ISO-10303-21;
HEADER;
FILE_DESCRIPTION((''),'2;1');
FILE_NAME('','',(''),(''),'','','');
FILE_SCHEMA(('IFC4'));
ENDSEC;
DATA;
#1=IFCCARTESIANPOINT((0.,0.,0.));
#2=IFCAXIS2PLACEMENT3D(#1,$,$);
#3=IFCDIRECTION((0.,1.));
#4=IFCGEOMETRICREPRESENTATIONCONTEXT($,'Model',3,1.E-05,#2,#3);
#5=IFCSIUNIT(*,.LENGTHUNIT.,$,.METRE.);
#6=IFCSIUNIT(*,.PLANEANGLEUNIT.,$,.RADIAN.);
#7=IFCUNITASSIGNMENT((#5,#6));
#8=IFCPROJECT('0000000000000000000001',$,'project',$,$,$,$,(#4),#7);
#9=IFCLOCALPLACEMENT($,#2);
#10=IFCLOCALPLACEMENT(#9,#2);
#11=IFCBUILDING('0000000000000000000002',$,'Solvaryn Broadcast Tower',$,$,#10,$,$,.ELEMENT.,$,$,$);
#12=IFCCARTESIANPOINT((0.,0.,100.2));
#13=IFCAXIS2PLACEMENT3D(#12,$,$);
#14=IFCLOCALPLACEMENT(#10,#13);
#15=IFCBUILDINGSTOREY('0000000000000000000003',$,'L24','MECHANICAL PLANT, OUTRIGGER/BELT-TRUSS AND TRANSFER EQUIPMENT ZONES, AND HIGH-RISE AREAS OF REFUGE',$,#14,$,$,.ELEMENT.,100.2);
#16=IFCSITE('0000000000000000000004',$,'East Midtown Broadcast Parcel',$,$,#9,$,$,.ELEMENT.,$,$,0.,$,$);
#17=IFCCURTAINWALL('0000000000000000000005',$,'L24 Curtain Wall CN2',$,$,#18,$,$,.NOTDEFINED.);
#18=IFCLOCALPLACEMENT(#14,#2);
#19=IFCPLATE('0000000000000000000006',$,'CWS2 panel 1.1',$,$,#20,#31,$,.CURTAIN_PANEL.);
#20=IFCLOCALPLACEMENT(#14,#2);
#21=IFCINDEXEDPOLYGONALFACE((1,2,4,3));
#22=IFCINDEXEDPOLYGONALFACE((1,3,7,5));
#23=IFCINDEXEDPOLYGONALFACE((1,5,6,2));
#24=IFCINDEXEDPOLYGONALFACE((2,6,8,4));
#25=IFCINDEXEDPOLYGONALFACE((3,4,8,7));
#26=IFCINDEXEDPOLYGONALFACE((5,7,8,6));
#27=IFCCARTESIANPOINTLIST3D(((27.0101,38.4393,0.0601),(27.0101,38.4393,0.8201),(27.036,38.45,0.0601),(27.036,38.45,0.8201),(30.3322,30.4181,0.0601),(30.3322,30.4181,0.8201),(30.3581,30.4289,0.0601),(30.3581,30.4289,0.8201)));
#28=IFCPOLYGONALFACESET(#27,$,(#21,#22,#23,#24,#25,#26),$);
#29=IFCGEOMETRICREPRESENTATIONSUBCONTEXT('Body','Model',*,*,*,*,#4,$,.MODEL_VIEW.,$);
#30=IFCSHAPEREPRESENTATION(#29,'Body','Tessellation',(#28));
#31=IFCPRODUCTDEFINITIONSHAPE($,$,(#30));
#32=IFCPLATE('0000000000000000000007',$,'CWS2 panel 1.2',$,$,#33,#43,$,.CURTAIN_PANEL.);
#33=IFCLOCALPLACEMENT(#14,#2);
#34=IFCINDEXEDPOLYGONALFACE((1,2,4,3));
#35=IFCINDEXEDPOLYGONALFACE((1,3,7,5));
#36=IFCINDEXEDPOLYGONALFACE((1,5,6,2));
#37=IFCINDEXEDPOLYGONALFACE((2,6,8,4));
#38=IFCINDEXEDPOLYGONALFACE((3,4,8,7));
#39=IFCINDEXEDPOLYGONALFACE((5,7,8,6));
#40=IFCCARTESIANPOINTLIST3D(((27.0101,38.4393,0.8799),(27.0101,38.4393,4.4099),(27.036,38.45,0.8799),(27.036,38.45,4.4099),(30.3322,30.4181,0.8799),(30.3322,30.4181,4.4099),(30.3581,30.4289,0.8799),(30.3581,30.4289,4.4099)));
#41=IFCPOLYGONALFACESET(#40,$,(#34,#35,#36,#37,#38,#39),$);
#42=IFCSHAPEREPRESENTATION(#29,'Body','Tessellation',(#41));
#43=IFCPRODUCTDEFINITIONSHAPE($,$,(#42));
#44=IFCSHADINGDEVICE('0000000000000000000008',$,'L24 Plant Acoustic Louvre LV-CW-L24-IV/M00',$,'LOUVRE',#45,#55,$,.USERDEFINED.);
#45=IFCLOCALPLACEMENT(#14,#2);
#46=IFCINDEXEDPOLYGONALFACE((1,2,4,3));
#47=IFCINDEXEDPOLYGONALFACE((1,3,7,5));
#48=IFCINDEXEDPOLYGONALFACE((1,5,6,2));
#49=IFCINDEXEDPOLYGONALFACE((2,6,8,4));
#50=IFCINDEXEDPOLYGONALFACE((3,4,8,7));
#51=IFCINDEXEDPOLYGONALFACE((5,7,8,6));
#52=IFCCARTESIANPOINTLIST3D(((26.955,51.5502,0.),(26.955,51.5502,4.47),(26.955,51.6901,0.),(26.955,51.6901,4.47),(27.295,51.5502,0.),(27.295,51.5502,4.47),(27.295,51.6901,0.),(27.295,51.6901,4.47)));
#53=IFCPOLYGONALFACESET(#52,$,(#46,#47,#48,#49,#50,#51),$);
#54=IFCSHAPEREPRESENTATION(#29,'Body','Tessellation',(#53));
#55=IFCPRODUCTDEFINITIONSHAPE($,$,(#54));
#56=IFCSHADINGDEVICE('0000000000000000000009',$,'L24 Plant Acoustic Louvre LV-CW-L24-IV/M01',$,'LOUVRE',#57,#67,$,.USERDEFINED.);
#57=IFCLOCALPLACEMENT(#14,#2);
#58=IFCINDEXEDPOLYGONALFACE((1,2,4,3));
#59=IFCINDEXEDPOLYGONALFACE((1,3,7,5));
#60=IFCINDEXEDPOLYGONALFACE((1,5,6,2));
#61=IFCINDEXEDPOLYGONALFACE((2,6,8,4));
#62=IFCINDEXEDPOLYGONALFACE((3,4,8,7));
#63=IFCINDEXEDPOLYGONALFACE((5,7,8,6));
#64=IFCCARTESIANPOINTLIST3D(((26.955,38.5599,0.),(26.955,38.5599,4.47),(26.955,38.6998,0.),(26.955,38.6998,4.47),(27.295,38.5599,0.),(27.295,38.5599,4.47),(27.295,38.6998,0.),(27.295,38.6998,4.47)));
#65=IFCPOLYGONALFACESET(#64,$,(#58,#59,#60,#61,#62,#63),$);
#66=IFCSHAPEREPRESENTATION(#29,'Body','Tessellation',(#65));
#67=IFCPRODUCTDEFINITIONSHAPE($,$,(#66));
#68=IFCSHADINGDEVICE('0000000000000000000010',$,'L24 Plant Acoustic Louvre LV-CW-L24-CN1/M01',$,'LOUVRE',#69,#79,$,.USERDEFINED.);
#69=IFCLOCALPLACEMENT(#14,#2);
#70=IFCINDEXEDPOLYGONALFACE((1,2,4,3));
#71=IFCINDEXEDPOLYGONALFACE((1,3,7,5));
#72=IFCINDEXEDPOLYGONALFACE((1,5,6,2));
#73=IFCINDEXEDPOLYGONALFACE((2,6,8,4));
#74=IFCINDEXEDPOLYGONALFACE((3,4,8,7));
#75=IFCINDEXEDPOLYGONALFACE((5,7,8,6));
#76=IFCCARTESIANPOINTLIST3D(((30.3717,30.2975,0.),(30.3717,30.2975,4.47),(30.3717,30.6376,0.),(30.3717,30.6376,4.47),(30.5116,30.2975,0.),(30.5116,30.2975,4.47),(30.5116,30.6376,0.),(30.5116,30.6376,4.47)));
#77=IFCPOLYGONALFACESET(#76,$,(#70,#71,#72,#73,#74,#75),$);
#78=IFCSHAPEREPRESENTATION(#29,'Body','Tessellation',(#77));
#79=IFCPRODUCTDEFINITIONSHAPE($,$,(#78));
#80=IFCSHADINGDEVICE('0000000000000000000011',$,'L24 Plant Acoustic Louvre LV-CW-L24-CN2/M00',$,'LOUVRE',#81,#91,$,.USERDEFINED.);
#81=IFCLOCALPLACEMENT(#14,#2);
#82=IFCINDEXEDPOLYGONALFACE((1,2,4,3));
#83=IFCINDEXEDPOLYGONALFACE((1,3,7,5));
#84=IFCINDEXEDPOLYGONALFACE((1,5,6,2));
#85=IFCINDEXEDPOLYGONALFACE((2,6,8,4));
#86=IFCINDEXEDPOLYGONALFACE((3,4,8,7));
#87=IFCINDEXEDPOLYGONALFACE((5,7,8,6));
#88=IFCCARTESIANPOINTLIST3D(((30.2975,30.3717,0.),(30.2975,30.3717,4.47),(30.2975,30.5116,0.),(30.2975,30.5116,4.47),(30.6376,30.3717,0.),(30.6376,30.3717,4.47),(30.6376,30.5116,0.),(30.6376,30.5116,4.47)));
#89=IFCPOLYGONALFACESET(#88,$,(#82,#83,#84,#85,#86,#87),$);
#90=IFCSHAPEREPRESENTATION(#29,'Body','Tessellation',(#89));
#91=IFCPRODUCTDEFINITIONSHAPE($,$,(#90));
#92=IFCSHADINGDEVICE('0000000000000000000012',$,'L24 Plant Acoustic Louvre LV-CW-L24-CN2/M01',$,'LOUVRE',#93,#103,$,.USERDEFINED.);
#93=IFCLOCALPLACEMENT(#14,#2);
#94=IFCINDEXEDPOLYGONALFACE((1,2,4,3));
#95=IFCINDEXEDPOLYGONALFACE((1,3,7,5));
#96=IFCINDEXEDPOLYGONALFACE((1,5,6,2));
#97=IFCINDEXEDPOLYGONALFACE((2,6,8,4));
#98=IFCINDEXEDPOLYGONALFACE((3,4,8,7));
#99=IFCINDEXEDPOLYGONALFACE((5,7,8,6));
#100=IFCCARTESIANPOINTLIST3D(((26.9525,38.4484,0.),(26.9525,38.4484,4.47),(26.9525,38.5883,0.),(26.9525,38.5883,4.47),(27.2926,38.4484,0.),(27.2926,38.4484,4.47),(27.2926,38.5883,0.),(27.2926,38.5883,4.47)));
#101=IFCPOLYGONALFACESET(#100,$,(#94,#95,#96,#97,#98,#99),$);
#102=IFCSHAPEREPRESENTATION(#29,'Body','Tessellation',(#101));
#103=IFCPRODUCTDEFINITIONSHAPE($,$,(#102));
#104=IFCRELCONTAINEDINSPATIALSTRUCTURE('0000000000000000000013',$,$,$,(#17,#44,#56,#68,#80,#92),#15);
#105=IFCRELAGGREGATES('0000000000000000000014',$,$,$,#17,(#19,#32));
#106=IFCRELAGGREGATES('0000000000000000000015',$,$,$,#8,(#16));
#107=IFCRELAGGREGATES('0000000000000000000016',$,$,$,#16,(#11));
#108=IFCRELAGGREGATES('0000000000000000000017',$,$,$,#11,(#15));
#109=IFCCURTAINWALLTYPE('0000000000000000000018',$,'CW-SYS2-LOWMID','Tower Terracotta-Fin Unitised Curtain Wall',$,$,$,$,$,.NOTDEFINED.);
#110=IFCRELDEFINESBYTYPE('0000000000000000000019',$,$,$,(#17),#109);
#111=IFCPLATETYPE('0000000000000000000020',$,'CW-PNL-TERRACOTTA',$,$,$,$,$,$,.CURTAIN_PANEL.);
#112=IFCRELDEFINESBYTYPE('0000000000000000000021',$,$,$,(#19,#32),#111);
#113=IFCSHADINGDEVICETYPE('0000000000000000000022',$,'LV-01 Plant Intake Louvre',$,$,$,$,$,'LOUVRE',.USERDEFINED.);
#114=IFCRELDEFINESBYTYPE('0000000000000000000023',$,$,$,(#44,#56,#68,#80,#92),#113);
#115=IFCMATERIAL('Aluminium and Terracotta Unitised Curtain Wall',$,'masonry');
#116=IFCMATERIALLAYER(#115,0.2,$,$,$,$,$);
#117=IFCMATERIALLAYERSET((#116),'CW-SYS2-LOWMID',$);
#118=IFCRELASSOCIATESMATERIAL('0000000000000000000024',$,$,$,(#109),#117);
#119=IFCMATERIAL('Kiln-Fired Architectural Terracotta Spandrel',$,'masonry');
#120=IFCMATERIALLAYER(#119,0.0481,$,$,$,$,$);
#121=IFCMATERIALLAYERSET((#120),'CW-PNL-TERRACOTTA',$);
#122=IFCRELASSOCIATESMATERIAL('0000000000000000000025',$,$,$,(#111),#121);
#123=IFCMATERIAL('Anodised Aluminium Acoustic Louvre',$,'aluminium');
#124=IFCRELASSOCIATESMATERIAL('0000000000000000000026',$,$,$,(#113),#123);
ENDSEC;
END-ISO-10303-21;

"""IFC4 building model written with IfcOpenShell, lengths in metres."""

from ifc_helpers import new_model, si_unit, direction, frame, origin, origin_2d, place, context, subcontext, project, spatial, rectangle, extrude, material, layer, layer_set, type_object, element, aggregate, save


model = new_model("IFC4")

# Units and contexts
model_context = context("Model", 3, precision=1e-05, world=origin(), true_north=direction((0.0, 1.0)))
body_context = subcontext(model_context, "Body", "Model", "MODEL_VIEW")
ifc_project = project(units=[si_unit("LENGTHUNIT", "METRE"), si_unit("PLANEANGLEUNIT", "RADIAN")], contexts=[model_context])

# Site, building, storey
site_placement = place(None, origin())
site = spatial("IfcSite", under=ifc_project, at=site_placement, Name="East Midtown Broadcast Parcel", CompositionType="ELEMENT", RefElevation=0.0)
building_placement = place(site_placement, origin())
building = spatial("IfcBuilding", under=site, at=building_placement, Name="Solvaryn Broadcast Tower", CompositionType="ELEMENT")
storey_placement = place(building_placement, frame((0.0, 0.0, 100.2)))
storey = spatial("IfcBuildingStorey", under=building, at=storey_placement, Name="L24", Description="MECHANICAL PLANT, OUTRIGGER/BELT-TRUSS AND TRANSFER EQUIPMENT ZONES, AND HIGH-RISE AREAS OF REFUGE", CompositionType="ELEMENT", Elevation=100.2)

# Shared definitions
ifc_material_1 = material(Name="Aluminium and Terracotta Unitised Curtain Wall", Category="masonry")
ifc_layer_1 = layer(ifc_material_1, 0.2)
ifc_layer_set_1 = layer_set([ifc_layer_1], Name="CW-SYS2-LOWMID")
curtain_wall_type = type_object("IfcCurtainWallType", Name="CW-SYS2-LOWMID", Description="Tower Terracotta-Fin Unitised Curtain Wall", PredefinedType="NOTDEFINED", material=ifc_layer_set_1)

# Curtain wall
curtain_wall_1_placement = place(storey_placement, origin())
curtain_wall_1 = element("IfcCurtainWall", 1, at=curtain_wall_1_placement, inside=storey, type_object=curtain_wall_type, Name="L24 Curtain Wall CN2", PredefinedType="NOTDEFINED")

# Plates
ifc_material_2 = material(Name="Kiln-Fired Architectural Terracotta Spandrel", Category="masonry")
ifc_layer_2 = layer(ifc_material_2, 0.0481)
ifc_layer_set_2 = layer_set([ifc_layer_2], Name="CW-PNL-TERRACOTTA")
plate_type = type_object("IfcPlateType", Name="CW-PNL-TERRACOTTA", PredefinedType="CURTAIN_PANEL", material=ifc_layer_set_2)
plate_1_placement = place(storey_placement, frame((28.6841, 34.4341, 0.0601), z_axis=(0.0, 0.0, 1.0), x_axis=(-0.382646, 0.923895, 0.0)))
plate_1 = element("IfcPlate", 2, at=plate_1_placement, type_object=plate_type, Name="CWS2 panel 1.1", PredefinedType="CURTAIN_PANEL", context=body_context, shape_type="SweptSolid", body=[
    extrude(rectangle(XDim=8.6819, YDim=0.0281, at=origin_2d()), origin(), (0.0, 0.0, 1.0), 0.76),
])
plate_2_placement = place(storey_placement, frame((28.6841, 34.4341, 0.8799), z_axis=(0.0, 0.0, 1.0), x_axis=(-0.382646, 0.923895, 0.0)))
plate_2 = element("IfcPlate", 3, at=plate_2_placement, type_object=plate_type, Name="CWS2 panel 1.2", PredefinedType="CURTAIN_PANEL", context=body_context, shape_type="SweptSolid", body=[
    extrude(rectangle(XDim=8.6819, YDim=0.0281, at=origin_2d()), origin(), (0.0, 0.0, 1.0), 3.53),
])
aggregate(curtain_wall_1, [plate_1, plate_2])

# Shading devices
ifc_material_3 = material(Name="Anodised Aluminium Acoustic Louvre", Category="aluminium")
shading_device_type = type_object("IfcShadingDeviceType", Name="LV-01 Plant Intake Louvre", ElementType="LOUVRE", PredefinedType="USERDEFINED", material=ifc_material_3)
for number, where, z_axis, x_axis, name in (
    (4, (27.125, 51.6201, 0.0), (0.0, 0.0, 1.0), (1.0, 0.0, 0.0), "L24 Plant Acoustic Louvre LV-CW-L24-IV/M00"),
    (5, (27.125, 38.6299, 0.0), (0.0, 0.0, 1.0), (1.0, 0.0, 0.0), "L24 Plant Acoustic Louvre LV-CW-L24-IV/M01"),
):
    element("IfcShadingDevice", number, at=place(storey_placement, frame(where, z_axis=z_axis, x_axis=x_axis)), inside=storey, type_object=shading_device_type, Name=name, ObjectType="LOUVRE", PredefinedType="USERDEFINED", context=body_context, shape_type="SweptSolid", body=[
        extrude(rectangle(XDim=0.3401, YDim=0.1399, at=origin_2d()), origin(), (0.0, 0.0, 1.0), 4.47),
    ])
shading_device_placement = place(storey_placement, frame((30.4417, 30.4675, 0.0), z_axis=(0.0, 0.0, 1.0), x_axis=(1.0, 0.0, 0.0)))
element("IfcShadingDevice", 6, at=shading_device_placement, inside=storey, type_object=shading_device_type, Name="L24 Plant Acoustic Louvre LV-CW-L24-CN1/M01", ObjectType="LOUVRE", PredefinedType="USERDEFINED", context=body_context, shape_type="SweptSolid", body=[
    extrude(rectangle(XDim=0.1399, YDim=0.3401, at=origin_2d()), origin(), (0.0, 0.0, 1.0), 4.47),
])
for number, where, z_axis, x_axis, name in (
    (7, (30.4675, 30.4417, 0.0), (0.0, 0.0, 1.0), (1.0, 0.0, 0.0), "L24 Plant Acoustic Louvre LV-CW-L24-CN2/M00"),
    (8, (27.1226, 38.5183, 0.0), (0.0, 0.0, 1.0), (1.0, 0.0, 0.0), "L24 Plant Acoustic Louvre LV-CW-L24-CN2/M01"),
):
    element("IfcShadingDevice", number, at=place(storey_placement, frame(where, z_axis=z_axis, x_axis=x_axis)), inside=storey, type_object=shading_device_type, Name=name, ObjectType="LOUVRE", PredefinedType="USERDEFINED", context=body_context, shape_type="SweptSolid", body=[
        extrude(rectangle(XDim=0.3401, YDim=0.1399, at=origin_2d()), origin(), (0.0, 0.0, 1.0), 4.47),
    ])

save(model, "model.ifc")
